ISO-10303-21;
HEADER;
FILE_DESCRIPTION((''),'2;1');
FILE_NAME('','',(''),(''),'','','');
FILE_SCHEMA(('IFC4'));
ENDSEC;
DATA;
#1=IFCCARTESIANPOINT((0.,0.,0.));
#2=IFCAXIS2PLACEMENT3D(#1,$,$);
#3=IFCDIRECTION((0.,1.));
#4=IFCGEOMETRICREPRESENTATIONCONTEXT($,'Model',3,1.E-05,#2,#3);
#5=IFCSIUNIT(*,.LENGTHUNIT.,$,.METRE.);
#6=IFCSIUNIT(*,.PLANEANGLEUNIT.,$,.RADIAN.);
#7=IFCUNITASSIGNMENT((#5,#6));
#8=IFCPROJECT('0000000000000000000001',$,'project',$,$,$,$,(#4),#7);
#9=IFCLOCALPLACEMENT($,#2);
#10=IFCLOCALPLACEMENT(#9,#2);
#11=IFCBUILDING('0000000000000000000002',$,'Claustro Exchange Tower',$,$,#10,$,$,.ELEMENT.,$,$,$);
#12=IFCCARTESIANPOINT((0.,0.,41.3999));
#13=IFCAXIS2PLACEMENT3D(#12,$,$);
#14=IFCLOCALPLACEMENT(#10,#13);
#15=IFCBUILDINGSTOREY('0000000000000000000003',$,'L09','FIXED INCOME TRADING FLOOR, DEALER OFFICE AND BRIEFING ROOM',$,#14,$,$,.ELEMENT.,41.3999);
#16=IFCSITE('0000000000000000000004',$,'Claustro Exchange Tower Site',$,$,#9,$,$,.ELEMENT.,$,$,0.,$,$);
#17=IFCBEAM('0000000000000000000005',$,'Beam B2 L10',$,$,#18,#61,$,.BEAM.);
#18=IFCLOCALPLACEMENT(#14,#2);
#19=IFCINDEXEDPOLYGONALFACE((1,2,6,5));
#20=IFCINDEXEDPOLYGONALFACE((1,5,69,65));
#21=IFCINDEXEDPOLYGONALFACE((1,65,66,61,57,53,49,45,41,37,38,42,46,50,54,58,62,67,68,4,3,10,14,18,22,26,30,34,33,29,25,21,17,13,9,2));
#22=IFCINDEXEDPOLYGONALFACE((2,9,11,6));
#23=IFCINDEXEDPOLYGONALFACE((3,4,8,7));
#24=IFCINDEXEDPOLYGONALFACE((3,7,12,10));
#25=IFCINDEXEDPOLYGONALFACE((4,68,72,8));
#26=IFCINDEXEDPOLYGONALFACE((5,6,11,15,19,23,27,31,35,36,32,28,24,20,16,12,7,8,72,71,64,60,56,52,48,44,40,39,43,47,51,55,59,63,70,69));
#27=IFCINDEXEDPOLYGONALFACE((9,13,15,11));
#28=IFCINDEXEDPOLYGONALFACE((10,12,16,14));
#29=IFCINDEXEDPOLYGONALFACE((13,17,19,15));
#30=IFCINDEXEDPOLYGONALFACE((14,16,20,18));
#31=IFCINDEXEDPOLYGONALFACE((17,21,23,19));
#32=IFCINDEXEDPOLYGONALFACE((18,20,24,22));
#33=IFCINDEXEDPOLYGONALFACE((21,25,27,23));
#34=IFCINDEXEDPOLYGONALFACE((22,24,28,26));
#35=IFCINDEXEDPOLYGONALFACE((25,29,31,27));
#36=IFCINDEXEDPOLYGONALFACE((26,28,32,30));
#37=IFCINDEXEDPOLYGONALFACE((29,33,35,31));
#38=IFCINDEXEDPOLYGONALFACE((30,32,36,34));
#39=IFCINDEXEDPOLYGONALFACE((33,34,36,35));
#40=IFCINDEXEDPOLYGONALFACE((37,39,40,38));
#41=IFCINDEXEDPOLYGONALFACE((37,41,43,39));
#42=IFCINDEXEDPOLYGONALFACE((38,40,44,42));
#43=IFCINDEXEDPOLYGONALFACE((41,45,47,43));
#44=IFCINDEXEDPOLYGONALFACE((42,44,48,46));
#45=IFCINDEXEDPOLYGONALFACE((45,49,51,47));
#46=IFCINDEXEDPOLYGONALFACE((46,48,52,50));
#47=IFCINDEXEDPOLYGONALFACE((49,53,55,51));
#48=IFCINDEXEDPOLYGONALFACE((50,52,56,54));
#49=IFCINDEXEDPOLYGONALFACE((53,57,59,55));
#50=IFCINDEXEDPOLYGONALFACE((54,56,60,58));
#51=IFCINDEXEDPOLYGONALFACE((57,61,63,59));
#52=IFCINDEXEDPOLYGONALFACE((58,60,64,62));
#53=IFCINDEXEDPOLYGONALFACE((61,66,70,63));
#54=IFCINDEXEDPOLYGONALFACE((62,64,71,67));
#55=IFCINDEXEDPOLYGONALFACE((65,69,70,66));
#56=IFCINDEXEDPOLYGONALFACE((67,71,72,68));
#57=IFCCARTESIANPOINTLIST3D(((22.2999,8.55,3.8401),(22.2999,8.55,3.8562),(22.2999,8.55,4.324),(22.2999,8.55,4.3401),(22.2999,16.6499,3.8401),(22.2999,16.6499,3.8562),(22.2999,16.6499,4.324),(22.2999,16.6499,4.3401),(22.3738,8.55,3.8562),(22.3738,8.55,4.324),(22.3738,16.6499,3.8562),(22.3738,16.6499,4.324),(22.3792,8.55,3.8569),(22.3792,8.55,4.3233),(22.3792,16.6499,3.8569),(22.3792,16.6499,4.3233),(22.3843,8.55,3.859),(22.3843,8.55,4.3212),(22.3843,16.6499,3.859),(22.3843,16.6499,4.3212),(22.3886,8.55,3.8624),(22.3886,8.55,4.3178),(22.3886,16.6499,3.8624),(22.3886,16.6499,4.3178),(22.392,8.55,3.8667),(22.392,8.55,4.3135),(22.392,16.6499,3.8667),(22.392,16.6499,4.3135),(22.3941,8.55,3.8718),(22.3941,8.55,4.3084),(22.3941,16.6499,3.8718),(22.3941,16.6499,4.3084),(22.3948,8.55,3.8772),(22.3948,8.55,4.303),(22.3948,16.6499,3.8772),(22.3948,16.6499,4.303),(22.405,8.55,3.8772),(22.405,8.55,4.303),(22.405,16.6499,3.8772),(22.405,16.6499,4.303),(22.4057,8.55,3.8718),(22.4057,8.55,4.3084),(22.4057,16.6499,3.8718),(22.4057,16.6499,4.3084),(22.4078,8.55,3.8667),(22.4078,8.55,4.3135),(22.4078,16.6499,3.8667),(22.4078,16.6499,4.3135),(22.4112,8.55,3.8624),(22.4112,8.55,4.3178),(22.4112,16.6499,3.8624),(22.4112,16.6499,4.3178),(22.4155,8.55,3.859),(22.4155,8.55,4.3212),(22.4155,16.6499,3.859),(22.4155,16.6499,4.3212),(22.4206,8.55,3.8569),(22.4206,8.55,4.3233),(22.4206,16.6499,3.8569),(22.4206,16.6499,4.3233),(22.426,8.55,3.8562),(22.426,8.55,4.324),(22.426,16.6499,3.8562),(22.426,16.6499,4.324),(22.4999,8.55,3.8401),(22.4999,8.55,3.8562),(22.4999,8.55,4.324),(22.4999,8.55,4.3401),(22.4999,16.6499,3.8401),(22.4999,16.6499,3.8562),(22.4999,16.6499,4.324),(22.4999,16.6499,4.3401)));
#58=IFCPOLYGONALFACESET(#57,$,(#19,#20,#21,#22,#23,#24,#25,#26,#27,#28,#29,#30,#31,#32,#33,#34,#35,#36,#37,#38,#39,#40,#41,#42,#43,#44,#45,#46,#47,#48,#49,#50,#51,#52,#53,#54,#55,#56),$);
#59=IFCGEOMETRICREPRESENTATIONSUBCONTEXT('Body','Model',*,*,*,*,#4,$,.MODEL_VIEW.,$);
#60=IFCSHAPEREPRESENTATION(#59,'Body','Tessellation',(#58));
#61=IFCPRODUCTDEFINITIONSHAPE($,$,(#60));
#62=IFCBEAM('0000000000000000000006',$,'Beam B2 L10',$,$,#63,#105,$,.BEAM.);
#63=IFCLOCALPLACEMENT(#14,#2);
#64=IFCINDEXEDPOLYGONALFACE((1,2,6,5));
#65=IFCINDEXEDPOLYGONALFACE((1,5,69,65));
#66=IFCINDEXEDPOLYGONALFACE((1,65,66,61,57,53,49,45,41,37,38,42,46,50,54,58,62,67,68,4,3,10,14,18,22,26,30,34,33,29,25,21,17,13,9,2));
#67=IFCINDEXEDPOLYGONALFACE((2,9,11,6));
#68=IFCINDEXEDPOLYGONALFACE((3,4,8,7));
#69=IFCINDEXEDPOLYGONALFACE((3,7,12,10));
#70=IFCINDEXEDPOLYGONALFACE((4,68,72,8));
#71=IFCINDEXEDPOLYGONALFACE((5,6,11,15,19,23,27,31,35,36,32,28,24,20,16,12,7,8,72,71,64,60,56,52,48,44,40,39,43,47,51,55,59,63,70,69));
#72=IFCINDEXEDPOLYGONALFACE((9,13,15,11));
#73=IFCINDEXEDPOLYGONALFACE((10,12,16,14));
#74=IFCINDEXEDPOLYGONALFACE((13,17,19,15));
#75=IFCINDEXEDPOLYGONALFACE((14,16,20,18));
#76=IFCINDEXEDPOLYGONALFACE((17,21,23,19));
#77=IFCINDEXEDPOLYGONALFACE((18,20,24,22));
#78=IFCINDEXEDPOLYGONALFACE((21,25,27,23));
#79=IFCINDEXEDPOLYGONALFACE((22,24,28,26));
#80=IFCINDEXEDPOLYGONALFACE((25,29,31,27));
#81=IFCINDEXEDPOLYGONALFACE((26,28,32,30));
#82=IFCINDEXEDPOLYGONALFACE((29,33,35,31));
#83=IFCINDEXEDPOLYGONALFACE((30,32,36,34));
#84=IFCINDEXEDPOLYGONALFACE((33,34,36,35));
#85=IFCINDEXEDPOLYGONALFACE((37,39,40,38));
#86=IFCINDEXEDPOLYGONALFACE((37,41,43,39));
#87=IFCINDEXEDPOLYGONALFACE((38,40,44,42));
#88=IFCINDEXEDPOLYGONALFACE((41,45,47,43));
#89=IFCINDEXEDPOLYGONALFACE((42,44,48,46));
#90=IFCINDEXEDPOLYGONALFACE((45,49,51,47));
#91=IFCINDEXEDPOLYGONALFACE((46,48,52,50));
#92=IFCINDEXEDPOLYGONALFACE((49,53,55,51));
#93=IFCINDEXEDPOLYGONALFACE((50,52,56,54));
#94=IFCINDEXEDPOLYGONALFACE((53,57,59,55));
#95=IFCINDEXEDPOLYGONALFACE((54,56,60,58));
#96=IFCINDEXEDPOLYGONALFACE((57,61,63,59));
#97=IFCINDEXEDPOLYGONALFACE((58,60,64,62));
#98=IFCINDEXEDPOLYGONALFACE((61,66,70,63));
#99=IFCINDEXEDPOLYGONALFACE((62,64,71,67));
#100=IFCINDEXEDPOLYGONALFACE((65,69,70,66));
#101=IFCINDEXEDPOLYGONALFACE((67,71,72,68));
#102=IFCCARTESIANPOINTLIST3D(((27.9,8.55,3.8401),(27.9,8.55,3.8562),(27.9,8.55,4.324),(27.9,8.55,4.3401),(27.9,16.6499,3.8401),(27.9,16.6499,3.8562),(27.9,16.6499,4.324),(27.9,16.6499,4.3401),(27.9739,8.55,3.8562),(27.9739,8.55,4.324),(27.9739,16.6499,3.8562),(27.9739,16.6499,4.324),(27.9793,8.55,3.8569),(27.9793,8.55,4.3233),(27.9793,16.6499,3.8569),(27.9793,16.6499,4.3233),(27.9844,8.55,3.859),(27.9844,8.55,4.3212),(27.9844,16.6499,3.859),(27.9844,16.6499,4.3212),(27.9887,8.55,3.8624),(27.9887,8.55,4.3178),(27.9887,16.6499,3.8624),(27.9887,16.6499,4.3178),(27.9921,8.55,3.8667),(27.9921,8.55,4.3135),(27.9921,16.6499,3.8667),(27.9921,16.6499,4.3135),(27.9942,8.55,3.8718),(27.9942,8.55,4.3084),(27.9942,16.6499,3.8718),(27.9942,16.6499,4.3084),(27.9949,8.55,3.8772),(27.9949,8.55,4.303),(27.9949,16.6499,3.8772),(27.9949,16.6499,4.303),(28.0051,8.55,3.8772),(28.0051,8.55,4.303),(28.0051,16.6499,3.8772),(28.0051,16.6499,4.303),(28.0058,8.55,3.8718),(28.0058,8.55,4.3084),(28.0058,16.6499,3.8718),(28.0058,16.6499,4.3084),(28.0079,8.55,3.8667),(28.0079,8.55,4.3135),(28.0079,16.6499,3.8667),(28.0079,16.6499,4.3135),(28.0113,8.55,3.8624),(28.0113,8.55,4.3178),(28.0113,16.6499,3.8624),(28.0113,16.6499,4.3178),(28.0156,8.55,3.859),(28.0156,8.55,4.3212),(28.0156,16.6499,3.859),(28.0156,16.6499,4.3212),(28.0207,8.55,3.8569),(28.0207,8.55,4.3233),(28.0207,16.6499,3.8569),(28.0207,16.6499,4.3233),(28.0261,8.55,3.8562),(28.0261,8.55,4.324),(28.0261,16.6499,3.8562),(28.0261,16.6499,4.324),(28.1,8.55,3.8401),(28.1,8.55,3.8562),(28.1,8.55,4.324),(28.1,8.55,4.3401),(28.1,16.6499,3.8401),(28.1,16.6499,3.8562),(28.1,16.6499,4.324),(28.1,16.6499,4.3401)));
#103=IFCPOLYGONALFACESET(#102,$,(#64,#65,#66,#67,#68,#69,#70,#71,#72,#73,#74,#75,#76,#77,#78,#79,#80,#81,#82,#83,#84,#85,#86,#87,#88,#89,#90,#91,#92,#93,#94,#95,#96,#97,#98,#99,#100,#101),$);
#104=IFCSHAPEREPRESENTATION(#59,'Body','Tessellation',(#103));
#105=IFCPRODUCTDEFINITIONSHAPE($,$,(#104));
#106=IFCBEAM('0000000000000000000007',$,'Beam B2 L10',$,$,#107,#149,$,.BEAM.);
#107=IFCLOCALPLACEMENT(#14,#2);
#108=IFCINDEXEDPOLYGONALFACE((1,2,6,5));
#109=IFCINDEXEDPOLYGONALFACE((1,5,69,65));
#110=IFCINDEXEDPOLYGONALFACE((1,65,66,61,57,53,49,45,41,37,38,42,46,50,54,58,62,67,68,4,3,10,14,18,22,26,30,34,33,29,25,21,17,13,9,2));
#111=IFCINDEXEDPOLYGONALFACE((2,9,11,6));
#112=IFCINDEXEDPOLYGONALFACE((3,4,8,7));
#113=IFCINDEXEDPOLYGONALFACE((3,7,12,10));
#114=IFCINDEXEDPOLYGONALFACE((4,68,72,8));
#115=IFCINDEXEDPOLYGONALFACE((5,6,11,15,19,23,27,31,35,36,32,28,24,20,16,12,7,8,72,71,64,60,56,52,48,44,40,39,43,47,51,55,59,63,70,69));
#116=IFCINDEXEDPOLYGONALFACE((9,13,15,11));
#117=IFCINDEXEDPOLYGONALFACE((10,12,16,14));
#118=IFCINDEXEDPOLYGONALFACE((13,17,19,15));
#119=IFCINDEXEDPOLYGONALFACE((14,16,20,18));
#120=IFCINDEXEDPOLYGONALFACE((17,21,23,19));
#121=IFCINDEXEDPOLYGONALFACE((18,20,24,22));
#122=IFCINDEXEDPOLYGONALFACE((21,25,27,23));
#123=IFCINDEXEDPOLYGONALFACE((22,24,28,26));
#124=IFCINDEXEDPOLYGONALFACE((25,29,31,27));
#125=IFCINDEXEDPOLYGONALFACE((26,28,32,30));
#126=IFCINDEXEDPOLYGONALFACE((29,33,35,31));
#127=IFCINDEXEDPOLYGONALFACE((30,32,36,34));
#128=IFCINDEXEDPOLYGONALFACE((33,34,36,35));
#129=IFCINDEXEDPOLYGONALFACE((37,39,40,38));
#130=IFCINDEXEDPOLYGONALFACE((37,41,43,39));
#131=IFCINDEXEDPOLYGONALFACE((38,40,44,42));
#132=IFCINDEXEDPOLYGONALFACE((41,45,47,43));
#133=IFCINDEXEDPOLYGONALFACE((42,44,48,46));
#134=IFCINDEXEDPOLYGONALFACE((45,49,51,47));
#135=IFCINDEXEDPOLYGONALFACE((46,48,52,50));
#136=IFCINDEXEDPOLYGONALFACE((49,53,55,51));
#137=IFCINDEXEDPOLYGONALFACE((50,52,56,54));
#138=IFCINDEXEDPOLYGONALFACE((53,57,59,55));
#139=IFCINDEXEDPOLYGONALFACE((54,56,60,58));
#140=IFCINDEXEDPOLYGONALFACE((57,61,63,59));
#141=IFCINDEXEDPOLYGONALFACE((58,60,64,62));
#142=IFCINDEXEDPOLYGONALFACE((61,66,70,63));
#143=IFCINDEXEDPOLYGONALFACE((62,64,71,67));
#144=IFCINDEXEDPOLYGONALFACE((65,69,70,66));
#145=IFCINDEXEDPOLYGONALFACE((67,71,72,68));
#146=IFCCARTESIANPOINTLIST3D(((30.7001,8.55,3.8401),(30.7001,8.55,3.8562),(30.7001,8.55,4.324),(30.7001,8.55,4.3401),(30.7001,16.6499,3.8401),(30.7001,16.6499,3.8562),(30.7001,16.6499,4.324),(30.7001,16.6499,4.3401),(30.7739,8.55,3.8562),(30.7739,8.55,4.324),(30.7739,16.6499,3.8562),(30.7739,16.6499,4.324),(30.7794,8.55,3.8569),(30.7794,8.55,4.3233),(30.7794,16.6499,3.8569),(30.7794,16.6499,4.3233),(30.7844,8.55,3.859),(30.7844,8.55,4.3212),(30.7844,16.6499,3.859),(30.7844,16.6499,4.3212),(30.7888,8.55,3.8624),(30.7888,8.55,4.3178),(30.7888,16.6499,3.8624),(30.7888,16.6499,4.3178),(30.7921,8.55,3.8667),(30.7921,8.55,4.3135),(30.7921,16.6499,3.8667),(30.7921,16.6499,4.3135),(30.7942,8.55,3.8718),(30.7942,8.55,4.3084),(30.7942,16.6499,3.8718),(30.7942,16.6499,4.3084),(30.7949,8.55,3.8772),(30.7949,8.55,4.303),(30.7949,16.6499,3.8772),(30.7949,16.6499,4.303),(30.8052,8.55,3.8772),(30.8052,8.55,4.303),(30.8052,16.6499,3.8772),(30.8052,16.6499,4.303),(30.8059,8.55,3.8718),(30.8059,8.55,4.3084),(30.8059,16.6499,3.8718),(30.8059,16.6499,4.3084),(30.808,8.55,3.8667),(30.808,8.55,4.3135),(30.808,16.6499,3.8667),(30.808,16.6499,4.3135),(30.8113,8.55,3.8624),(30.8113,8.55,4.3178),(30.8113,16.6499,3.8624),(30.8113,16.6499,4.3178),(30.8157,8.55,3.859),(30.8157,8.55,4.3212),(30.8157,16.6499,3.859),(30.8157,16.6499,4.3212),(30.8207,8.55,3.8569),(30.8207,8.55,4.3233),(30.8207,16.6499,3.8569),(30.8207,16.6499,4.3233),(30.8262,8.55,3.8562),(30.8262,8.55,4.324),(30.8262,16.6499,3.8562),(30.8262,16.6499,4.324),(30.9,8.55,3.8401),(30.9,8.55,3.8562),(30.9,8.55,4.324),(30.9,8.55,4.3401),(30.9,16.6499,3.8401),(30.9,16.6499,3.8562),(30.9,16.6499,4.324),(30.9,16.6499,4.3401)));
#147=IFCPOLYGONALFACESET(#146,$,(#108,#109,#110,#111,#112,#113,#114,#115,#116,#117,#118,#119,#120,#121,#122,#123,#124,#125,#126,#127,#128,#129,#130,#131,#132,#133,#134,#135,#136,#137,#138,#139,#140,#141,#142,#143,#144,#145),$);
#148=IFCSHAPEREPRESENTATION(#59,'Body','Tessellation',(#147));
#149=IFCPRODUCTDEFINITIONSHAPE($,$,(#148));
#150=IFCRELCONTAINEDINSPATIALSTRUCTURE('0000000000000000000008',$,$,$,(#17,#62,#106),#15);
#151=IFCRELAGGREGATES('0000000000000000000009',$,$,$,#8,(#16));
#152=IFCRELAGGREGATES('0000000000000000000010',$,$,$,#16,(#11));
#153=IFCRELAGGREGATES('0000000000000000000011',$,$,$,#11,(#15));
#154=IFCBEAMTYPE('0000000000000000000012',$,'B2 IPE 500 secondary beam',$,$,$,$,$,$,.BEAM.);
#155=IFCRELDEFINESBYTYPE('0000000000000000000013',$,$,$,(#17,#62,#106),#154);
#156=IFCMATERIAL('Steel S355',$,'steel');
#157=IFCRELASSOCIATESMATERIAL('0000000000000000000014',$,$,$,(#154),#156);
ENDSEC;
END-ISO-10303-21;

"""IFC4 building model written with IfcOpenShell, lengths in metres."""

from ifc_helpers import new_model, si_unit, direction, frame, origin, origin_2d, place, context, subcontext, project, spatial, i_section, extrude, material, material_profile, profile_set, type_object, element, save


model = new_model("IFC4")

# Units and contexts
model_context = context("Model", 3, precision=1e-05, world=origin(), true_north=direction((0.0, 1.0)))
body_context = subcontext(model_context, "Body", "Model", "MODEL_VIEW")
ifc_project = project(units=[si_unit("LENGTHUNIT", "METRE"), si_unit("PLANEANGLEUNIT", "RADIAN")], contexts=[model_context])

# Site, building, storey
site_placement = place(None, origin())
site = spatial("IfcSite", under=ifc_project, at=site_placement, Name="Claustro Exchange Tower Site", CompositionType="ELEMENT", RefElevation=0.0)
building_placement = place(site_placement, origin())
building = spatial("IfcBuilding", under=site, at=building_placement, Name="Claustro Exchange Tower", CompositionType="ELEMENT")
storey_placement = place(building_placement, frame((0.0, 0.0, 41.3999)))
storey = spatial("IfcBuildingStorey", under=building, at=storey_placement, Name="L09", Description="FIXED INCOME TRADING FLOOR, DEALER OFFICE AND BRIEFING ROOM", CompositionType="ELEMENT", Elevation=41.3999)

# Beams
ifc_material_1 = material(Name="Steel S355", Category="steel")
ifc_material_profile_1 = material_profile(ifc_material_1, i_section(OverallWidth=0.2, OverallDepth=0.5, WebThickness=0.0103, FlangeThickness=0.0161, FilletRadius=0.021, at=origin_2d()), Name="IPE 500")
ifc_profile_set_1 = profile_set([ifc_material_profile_1], Name="Steel S355")
beam_type_1 = type_object("IfcBeamType", Name="B2 IPE 500 secondary beam", PredefinedType="BEAM", material=ifc_profile_set_1)
for number, where, z_axis, x_axis, name in (
    (1, (22.3999, 8.55, 4.0901), (0.0, 1.0, 0.0), (-1.0, 0.0, 0.0), "Beam B2 L10"),
    (2, (28.0, 8.55, 4.0901), (0.0, 1.0, 0.0), (-1.0, 0.0, 0.0), "Beam B2 L10"),
    (3, (30.8, 8.55, 4.0901), (0.0, 1.0, 0.0), (-1.0, 0.0, 0.0), "Beam B2 L10"),
):
    element("IfcBeam", number, at=place(storey_placement, frame(where, z_axis=z_axis, x_axis=x_axis)), inside=storey, type_object=beam_type_1, Name=name, PredefinedType="BEAM", context=body_context, shape_type="SweptSolid", body=[
        extrude(i_section(OverallWidth=0.2, OverallDepth=0.5, WebThickness=0.0103, FlangeThickness=0.0161, FilletRadius=0.021, at=origin_2d()), origin(), (0.0, 0.0, 1.0), 8.0999),
    ])

save(model, "model.ifc")
